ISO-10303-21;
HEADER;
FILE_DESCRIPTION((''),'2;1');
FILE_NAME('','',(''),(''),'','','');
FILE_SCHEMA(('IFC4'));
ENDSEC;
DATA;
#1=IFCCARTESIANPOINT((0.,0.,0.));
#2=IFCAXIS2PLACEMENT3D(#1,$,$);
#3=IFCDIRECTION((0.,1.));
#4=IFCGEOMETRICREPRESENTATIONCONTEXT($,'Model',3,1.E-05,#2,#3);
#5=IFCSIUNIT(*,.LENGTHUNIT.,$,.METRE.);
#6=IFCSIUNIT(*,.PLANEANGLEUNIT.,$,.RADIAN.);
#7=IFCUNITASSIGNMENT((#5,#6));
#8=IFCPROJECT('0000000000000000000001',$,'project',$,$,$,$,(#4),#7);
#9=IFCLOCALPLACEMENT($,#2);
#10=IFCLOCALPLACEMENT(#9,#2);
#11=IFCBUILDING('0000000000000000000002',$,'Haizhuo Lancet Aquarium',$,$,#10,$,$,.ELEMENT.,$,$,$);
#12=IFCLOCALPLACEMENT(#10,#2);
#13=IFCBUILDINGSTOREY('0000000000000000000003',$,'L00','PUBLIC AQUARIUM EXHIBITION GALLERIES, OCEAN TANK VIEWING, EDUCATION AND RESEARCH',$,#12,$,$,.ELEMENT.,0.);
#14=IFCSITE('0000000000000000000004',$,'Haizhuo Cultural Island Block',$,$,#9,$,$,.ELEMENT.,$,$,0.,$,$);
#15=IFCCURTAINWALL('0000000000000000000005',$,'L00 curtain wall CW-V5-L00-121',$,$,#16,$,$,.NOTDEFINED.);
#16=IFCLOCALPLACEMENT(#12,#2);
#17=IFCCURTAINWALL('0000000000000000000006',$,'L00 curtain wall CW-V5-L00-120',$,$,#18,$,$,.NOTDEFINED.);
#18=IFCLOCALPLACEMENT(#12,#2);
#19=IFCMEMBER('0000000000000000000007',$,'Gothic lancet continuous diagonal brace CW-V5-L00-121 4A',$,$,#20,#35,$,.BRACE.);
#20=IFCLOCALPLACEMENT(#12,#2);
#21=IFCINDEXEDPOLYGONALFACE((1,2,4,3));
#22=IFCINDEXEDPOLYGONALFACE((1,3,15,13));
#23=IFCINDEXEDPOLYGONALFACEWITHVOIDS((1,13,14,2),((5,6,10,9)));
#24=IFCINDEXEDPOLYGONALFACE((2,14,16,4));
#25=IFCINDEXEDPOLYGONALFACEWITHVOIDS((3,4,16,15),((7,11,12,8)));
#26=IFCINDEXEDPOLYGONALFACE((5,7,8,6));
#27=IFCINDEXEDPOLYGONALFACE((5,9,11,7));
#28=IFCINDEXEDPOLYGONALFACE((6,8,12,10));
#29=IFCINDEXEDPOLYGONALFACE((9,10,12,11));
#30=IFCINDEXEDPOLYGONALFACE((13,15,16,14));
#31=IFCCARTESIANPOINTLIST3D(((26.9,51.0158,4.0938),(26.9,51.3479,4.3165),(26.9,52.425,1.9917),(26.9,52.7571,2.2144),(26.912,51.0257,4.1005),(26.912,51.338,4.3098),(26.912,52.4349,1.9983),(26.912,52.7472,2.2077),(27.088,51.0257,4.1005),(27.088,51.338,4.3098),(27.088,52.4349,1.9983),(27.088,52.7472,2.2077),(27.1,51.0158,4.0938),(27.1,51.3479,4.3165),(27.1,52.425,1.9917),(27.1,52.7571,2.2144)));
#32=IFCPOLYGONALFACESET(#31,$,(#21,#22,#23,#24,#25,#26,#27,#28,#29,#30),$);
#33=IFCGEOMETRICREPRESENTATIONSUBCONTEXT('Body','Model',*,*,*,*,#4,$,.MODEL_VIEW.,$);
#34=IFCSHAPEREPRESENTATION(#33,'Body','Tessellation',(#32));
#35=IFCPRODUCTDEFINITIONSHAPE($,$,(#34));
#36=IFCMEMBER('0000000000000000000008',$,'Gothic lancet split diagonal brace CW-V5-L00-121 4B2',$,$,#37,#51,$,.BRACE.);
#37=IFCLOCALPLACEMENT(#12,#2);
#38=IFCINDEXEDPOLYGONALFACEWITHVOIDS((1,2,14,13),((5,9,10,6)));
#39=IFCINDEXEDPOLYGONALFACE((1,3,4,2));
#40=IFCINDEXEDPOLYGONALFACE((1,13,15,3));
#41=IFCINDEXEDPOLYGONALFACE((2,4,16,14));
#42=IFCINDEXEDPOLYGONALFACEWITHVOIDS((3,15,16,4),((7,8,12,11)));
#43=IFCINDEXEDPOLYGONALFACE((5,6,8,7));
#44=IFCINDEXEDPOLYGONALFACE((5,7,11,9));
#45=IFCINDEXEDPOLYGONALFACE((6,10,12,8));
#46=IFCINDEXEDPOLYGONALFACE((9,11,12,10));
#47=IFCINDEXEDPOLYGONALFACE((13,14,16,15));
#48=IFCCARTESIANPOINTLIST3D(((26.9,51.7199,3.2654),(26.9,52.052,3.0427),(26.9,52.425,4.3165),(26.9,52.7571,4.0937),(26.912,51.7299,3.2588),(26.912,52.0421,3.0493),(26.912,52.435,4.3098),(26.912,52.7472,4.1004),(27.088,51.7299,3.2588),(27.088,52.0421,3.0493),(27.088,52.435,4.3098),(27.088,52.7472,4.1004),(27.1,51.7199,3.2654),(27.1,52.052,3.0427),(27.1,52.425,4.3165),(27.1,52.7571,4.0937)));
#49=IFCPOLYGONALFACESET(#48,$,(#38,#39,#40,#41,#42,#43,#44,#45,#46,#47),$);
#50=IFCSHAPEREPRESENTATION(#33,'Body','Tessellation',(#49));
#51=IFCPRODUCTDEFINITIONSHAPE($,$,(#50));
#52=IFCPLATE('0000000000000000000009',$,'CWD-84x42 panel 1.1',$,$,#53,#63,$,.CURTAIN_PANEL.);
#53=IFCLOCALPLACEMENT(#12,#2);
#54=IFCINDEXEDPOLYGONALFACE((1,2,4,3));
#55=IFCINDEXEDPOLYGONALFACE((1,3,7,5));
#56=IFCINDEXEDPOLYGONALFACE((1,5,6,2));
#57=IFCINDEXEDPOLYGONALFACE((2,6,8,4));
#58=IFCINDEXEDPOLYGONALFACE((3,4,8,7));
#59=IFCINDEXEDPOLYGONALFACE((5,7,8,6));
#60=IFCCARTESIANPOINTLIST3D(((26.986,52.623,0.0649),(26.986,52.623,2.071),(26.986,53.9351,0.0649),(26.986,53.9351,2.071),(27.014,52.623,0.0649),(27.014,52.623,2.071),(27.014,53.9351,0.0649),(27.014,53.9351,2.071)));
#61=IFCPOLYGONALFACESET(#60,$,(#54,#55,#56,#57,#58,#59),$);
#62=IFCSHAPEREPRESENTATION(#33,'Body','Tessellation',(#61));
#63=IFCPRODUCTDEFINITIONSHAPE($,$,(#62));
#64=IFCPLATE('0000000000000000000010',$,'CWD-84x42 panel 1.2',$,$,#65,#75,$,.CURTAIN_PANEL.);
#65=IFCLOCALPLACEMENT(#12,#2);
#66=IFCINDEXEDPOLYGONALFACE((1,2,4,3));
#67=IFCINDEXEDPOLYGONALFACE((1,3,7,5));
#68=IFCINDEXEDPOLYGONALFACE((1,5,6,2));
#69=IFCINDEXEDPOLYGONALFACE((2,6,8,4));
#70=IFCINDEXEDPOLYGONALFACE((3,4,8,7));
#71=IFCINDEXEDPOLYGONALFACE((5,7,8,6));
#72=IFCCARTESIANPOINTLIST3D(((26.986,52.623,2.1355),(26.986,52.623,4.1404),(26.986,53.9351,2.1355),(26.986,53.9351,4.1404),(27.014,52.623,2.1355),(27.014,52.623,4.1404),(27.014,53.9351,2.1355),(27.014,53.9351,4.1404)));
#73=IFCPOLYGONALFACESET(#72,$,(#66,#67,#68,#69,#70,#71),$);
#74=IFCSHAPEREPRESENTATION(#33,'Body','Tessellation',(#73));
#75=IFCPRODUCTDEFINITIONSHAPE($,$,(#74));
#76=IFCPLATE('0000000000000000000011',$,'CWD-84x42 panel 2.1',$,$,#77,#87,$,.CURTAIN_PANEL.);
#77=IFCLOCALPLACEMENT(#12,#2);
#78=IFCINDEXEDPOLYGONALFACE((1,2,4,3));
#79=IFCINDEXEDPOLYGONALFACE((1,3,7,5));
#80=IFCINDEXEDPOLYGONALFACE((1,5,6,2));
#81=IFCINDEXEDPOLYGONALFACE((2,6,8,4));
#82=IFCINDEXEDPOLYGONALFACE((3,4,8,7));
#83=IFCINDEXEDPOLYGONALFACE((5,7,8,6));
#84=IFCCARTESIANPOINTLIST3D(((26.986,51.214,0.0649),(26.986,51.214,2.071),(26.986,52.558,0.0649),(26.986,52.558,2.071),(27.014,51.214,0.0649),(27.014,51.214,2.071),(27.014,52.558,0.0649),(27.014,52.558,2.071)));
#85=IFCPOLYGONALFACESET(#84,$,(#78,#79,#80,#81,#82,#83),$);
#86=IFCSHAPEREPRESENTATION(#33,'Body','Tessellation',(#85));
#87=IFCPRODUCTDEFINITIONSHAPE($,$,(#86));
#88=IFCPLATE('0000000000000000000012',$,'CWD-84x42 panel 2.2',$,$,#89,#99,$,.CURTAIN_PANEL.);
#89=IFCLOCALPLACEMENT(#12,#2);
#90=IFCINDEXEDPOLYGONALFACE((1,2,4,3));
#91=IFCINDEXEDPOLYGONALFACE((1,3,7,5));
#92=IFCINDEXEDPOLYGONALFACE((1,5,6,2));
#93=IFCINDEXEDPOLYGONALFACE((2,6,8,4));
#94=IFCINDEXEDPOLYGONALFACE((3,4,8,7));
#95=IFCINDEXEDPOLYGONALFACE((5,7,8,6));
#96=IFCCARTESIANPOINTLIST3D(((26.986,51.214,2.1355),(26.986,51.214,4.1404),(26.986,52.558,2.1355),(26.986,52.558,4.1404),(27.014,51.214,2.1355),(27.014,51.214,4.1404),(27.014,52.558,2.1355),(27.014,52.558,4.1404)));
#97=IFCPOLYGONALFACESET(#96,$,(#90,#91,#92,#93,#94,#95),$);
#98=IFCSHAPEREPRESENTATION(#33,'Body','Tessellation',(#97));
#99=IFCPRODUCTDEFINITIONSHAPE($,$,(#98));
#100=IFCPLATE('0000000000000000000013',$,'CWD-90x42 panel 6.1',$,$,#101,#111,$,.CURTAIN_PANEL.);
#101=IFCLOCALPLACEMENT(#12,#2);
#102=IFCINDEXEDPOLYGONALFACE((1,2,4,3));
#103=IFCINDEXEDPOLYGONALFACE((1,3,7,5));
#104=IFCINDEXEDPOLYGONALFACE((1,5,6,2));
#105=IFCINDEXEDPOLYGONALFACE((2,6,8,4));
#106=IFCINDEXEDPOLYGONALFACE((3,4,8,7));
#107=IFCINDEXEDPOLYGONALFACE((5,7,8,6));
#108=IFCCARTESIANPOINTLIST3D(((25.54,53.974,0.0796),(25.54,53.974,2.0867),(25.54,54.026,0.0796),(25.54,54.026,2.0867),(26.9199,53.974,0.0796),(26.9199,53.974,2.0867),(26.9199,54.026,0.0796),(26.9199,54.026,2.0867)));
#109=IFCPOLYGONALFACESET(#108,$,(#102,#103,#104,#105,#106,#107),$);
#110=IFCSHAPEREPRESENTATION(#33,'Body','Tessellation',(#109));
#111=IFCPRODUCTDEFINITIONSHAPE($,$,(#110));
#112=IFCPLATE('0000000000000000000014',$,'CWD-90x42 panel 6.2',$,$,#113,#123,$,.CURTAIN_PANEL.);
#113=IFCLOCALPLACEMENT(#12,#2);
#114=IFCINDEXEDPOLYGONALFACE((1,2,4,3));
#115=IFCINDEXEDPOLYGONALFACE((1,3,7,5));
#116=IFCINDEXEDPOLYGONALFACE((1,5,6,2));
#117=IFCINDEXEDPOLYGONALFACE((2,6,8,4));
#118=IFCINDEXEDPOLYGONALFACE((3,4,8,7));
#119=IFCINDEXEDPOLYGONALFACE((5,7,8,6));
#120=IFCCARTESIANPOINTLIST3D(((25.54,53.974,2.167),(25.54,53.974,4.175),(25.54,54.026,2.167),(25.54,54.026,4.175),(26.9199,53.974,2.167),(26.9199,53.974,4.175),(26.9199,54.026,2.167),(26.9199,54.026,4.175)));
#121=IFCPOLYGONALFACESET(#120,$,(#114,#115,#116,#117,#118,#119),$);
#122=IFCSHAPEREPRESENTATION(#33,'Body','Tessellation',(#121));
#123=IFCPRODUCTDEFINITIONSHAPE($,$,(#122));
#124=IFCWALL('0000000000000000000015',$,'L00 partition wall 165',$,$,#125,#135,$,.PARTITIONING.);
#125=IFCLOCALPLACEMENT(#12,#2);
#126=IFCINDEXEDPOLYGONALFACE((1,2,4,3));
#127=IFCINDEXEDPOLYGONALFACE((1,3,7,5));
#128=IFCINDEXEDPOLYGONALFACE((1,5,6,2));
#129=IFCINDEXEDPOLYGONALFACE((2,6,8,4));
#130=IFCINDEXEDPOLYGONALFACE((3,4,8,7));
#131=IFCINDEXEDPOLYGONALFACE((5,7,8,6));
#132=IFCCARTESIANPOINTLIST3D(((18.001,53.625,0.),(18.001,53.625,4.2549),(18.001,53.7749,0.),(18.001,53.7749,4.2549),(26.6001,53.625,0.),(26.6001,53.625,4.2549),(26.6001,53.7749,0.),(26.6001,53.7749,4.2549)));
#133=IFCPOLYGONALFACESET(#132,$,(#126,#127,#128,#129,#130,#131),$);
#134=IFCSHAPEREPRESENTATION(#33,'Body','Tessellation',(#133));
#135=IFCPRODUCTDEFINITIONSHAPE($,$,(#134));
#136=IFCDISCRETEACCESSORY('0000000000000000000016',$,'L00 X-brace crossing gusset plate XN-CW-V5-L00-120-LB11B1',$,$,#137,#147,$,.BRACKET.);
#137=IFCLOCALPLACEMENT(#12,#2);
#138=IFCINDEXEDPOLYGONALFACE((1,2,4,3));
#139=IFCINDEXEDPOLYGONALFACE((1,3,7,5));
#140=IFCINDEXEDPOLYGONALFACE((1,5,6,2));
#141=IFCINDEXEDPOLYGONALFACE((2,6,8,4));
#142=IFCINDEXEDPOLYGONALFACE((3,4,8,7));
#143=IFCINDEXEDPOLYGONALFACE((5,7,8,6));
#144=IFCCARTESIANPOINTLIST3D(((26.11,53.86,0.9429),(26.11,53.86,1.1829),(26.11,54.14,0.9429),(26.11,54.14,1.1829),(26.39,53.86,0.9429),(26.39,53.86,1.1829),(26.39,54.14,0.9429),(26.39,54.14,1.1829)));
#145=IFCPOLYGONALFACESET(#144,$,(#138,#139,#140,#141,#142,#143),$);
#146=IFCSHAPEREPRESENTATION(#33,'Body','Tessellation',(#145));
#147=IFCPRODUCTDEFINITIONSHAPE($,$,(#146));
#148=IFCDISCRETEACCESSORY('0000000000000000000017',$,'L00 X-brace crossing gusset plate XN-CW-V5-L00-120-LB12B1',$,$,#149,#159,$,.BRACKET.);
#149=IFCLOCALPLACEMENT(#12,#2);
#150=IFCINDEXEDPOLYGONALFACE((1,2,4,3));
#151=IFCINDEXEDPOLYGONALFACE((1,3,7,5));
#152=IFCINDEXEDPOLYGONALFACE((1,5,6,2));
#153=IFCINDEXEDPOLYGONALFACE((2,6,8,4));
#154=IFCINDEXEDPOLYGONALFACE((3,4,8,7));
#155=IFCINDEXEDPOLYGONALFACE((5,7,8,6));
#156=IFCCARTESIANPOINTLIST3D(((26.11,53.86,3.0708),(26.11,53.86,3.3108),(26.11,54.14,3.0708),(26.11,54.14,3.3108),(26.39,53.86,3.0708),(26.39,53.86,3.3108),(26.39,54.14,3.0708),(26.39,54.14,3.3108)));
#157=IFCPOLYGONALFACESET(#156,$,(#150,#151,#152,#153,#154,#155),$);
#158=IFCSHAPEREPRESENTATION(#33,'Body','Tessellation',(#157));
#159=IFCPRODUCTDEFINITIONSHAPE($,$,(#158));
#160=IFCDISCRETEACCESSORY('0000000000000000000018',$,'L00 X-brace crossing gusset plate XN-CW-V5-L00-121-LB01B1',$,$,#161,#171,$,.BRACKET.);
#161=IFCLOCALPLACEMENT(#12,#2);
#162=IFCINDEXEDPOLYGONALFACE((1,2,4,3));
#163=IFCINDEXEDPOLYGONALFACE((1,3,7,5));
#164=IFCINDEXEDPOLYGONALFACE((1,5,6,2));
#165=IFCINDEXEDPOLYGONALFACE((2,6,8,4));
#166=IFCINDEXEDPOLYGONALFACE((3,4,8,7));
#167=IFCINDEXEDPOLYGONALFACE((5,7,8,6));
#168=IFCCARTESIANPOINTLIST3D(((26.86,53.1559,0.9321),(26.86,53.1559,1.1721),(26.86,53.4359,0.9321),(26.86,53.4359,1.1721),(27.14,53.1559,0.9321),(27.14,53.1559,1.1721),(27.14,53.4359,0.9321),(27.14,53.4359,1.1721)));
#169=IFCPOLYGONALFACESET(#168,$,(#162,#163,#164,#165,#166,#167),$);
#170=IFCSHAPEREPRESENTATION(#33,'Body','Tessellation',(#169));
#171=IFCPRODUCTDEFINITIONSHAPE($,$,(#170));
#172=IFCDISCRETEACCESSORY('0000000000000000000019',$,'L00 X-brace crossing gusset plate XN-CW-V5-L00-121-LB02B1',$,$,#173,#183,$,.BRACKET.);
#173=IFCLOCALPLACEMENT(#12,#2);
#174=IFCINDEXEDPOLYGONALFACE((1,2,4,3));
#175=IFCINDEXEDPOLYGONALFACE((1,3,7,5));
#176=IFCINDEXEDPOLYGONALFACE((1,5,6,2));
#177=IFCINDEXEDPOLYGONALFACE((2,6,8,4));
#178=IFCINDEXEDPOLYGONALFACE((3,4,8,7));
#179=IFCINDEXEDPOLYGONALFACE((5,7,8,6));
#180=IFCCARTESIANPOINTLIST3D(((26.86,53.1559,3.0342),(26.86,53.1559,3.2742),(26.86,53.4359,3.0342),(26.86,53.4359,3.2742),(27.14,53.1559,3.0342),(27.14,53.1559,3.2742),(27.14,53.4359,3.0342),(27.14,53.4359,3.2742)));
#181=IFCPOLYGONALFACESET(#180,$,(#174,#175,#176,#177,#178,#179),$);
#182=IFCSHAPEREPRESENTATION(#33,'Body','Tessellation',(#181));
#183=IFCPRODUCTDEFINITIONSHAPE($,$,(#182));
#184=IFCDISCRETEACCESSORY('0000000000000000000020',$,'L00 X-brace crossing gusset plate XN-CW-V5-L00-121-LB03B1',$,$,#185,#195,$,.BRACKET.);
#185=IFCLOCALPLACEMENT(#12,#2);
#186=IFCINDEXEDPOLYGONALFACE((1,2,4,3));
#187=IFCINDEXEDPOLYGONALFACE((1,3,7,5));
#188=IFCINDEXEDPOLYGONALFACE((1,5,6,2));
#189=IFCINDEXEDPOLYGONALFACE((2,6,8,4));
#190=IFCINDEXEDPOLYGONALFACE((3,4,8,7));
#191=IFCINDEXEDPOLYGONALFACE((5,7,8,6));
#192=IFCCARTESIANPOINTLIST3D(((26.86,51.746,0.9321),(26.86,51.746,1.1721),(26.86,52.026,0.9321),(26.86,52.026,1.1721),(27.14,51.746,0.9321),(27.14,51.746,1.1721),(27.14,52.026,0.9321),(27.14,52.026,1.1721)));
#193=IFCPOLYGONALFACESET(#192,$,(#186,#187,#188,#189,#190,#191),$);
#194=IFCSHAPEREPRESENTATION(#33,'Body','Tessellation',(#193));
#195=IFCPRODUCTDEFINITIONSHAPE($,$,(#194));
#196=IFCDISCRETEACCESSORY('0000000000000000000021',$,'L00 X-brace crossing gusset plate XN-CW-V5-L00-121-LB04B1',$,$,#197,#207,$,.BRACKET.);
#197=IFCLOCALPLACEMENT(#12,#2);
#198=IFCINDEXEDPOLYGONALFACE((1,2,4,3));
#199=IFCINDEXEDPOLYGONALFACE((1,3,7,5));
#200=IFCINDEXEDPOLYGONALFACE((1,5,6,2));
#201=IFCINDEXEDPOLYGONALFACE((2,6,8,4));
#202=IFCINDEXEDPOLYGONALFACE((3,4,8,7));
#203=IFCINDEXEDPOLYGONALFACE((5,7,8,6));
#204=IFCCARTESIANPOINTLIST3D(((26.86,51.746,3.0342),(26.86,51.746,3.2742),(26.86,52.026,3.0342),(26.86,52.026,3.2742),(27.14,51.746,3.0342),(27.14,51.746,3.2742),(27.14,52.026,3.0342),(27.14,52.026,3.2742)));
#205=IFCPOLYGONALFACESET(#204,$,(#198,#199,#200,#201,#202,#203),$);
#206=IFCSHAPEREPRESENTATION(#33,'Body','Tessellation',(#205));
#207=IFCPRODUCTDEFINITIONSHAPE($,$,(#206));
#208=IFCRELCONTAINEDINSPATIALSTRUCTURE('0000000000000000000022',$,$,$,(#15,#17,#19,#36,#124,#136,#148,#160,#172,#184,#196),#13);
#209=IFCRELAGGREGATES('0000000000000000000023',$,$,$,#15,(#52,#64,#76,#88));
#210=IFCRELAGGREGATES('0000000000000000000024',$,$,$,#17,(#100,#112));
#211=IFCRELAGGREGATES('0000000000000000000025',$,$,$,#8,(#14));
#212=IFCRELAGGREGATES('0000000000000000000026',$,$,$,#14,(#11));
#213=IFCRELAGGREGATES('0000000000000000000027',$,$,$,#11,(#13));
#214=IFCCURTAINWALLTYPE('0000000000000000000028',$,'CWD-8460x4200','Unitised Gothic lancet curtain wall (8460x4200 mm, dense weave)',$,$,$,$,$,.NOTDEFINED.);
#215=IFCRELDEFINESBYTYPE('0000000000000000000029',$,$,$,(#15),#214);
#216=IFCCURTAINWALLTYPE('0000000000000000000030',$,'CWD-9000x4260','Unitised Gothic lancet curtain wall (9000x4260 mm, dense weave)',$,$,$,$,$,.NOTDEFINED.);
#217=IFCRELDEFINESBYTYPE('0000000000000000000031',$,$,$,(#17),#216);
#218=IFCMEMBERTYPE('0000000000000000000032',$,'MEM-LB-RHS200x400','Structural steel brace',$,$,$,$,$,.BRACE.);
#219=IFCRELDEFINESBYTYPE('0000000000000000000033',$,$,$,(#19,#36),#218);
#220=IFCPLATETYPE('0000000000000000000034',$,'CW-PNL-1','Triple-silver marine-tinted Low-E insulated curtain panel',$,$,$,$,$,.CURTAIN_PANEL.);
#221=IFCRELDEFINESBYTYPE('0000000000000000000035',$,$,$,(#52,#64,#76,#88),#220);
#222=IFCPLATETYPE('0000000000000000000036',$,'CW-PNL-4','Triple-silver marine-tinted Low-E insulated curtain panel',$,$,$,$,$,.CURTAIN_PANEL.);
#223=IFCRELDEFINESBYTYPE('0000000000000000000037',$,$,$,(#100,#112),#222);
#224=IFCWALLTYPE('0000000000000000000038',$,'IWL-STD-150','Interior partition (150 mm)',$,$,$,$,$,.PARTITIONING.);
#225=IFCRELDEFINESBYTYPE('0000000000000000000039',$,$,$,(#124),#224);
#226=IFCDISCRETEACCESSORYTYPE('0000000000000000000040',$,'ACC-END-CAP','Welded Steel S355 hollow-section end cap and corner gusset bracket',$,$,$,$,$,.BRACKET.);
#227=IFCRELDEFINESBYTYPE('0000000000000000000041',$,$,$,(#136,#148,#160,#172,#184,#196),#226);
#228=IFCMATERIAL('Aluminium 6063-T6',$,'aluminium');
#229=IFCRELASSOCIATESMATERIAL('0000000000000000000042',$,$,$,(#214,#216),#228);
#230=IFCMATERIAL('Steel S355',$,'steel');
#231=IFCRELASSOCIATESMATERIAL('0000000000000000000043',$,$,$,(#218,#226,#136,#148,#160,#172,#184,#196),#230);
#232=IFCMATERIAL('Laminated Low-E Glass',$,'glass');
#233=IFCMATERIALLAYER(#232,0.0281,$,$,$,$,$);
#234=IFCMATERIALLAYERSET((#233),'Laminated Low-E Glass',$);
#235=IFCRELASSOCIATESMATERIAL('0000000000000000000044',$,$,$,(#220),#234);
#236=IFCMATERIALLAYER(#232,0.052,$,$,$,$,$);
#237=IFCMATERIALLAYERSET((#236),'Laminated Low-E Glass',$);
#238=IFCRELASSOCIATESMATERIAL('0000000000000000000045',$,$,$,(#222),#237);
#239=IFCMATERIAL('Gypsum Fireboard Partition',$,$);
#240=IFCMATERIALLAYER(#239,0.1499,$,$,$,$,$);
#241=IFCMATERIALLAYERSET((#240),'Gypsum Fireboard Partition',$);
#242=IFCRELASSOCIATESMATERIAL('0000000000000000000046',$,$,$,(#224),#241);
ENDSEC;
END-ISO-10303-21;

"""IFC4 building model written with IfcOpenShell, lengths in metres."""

from ifc_helpers import new_model, si_unit, direction, frame, frame_2d, origin, origin_2d, place, context, subcontext, project, spatial, rectangle, hollow_rectangle, extrude, material, layer, layer_set, material_profile, profile_set, type_object, element, aggregate, save


model = new_model("IFC4")

# Units and contexts
model_context = context("Model", 3, precision=1e-05, world=origin(), true_north=direction((0.0, 1.0)))
body_context = subcontext(model_context, "Body", "Model", "MODEL_VIEW")
ifc_project = project(units=[si_unit("LENGTHUNIT", "METRE"), si_unit("PLANEANGLEUNIT", "RADIAN")], contexts=[model_context])

# Site, building, storey
site_placement = place(None, origin())
site = spatial("IfcSite", under=ifc_project, at=site_placement, Name="Haizhuo Cultural Island Block", CompositionType="ELEMENT", RefElevation=0.0)
building_placement = place(site_placement, origin())
building = spatial("IfcBuilding", under=site, at=building_placement, Name="Haizhuo Lancet Aquarium", CompositionType="ELEMENT")
storey_placement = place(building_placement, origin())
storey = spatial("IfcBuildingStorey", under=building, at=storey_placement, Name="L00", Description="PUBLIC AQUARIUM EXHIBITION GALLERIES, OCEAN TANK VIEWING, EDUCATION AND RESEARCH", CompositionType="ELEMENT", Elevation=0.0)

# Curtain wall
ifc_material_1 = material(Name="Aluminium 6063-T6", Category="aluminium")
curtain_wall_type_1 = type_object("IfcCurtainWallType", Name="CWD-8460x4200", Description="Unitised Gothic lancet curtain wall (8460x4200 mm, dense weave)", PredefinedType="NOTDEFINED", material=ifc_material_1)
curtain_wall_1_placement = place(storey_placement, origin())
curtain_wall_1 = element("IfcCurtainWall", 1, at=curtain_wall_1_placement, inside=storey, type_object=curtain_wall_type_1, Name="L00 curtain wall CW-V5-L00-121", PredefinedType="NOTDEFINED")

# Curtain wall
curtain_wall_type_2 = type_object("IfcCurtainWallType", Name="CWD-9000x4260", Description="Unitised Gothic lancet curtain wall (9000x4260 mm, dense weave)", PredefinedType="NOTDEFINED", material=ifc_material_1)
curtain_wall_2_placement = place(storey_placement, origin())
curtain_wall_2 = element("IfcCurtainWall", 2, at=curtain_wall_2_placement, inside=storey, type_object=curtain_wall_type_2, Name="L00 curtain wall CW-V5-L00-120", PredefinedType="NOTDEFINED")

# Members
ifc_material_2 = material(Name="Steel S355", Category="steel")
ifc_material_profile_1 = material_profile(ifc_material_2, hollow_rectangle(XDim=0.2, YDim=0.3999, WallThickness=0.012, at=origin_2d()), Name="RHS 200x400x12")
ifc_profile_set_1 = profile_set([ifc_material_profile_1], Name="Steel S355")
member_type_1 = type_object("IfcMemberType", Name="MEM-LB-RHS200x400", Description="Structural steel brace", PredefinedType="BRACE", material=ifc_profile_set_1)
member_1_placement = place(storey_placement, frame((27.0, 52.5911, 2.103), z_axis=(0.0, -0.556836, 0.830623), x_axis=(1.0, 0.0, 0.0)))
element("IfcMember", 3, at=member_1_placement, inside=storey, type_object=member_type_1, Name="Gothic lancet continuous diagonal brace CW-V5-L00-121 4A", PredefinedType="BRACE", context=body_context, shape_type="SweptSolid", body=[
    extrude(hollow_rectangle(XDim=0.2, YDim=0.3999, WallThickness=0.012, at=origin_2d()), origin(), (0.0, 0.0, 1.0), 2.5308),
])
member_2_placement = place(storey_placement, frame((27.0, 51.886, 3.1541), z_axis=(0.0, 0.557102, 0.830444), x_axis=(-1.0, 0.0, 0.0)))
element("IfcMember", 4, at=member_2_placement, inside=storey, type_object=member_type_1, Name="Gothic lancet split diagonal brace CW-V5-L00-121 4B2", PredefinedType="BRACE", context=body_context, shape_type="SweptSolid", body=[
    extrude(hollow_rectangle(XDim=0.2, YDim=0.3999, WallThickness=0.012, at=origin_2d()), origin(), (0.0, 0.0, 1.0), 1.2656),
])

# Plates
ifc_material_3 = material(Name="Laminated Low-E Glass", Category="glass")
ifc_layer_1 = layer(ifc_material_3, 0.0281)
ifc_layer_set_1 = layer_set([ifc_layer_1], Name="Laminated Low-E Glass")
plate_type_1 = type_object("IfcPlateType", Name="CW-PNL-1", Description="Triple-silver marine-tinted Low-E insulated curtain panel", PredefinedType="CURTAIN_PANEL", material=ifc_layer_set_1)
plate_1_placement = place(storey_placement, frame((27.0, 53.2791, 0.0649), z_axis=(0.0, 0.0, 1.0), x_axis=(0.0, -1.0, 0.0)))
plate_1 = element("IfcPlate", 5, at=plate_1_placement, type_object=plate_type_1, Name="CWD-84x42 panel 1.1", PredefinedType="CURTAIN_PANEL", context=body_context, shape_type="SweptSolid", body=[
    extrude(rectangle(XDim=1.312, YDim=0.0281, at=origin_2d()), origin(), (0.0, 0.0, 1.0), 2.0061),
])
plate_2_placement = place(storey_placement, frame((27.0, 53.2791, 2.1355), z_axis=(0.0, 0.0, 1.0), x_axis=(0.0, -1.0, 0.0)))
plate_2 = element("IfcPlate", 6, at=plate_2_placement, type_object=plate_type_1, Name="CWD-84x42 panel 1.2", PredefinedType="CURTAIN_PANEL", context=body_context, shape_type="SweptSolid", body=[
    extrude(rectangle(XDim=1.312, YDim=0.0281, at=origin_2d()), origin(), (0.0, 0.0, 1.0), 2.0049),
])
plate_3_placement = place(storey_placement, frame((27.0, 51.886, 0.0649), z_axis=(0.0, 0.0, 1.0), x_axis=(0.0, -1.0, 0.0)))
plate_3 = element("IfcPlate", 7, at=plate_3_placement, type_object=plate_type_1, Name="CWD-84x42 panel 2.1", PredefinedType="CURTAIN_PANEL", context=body_context, shape_type="SweptSolid", body=[
    extrude(rectangle(XDim=1.344, YDim=0.0281, at=origin_2d()), origin(), (0.0, 0.0, 1.0), 2.0061),
])
plate_4_placement = place(storey_placement, frame((27.0, 51.886, 2.1355), z_axis=(0.0, 0.0, 1.0), x_axis=(0.0, -1.0, 0.0)))
plate_4 = element("IfcPlate", 8, at=plate_4_placement, type_object=plate_type_1, Name="CWD-84x42 panel 2.2", PredefinedType="CURTAIN_PANEL", context=body_context, shape_type="SweptSolid", body=[
    extrude(rectangle(XDim=1.344, YDim=0.0281, at=origin_2d()), origin(), (0.0, 0.0, 1.0), 2.0049),
])
aggregate(curtain_wall_1, [plate_1, plate_2, plate_3, plate_4])
ifc_layer_2 = layer(ifc_material_3, 0.052)
ifc_layer_set_2 = layer_set([ifc_layer_2], Name="Laminated Low-E Glass")
plate_type_2 = type_object("IfcPlateType", Name="CW-PNL-4", Description="Triple-silver marine-tinted Low-E insulated curtain panel", PredefinedType="CURTAIN_PANEL", material=ifc_layer_set_2)
plate_5_placement = place(storey_placement, frame((26.23, 54.0, 0.0796), z_axis=(0.0, 0.0, 1.0), x_axis=(1.0, 0.0, 0.0)))
plate_5 = element("IfcPlate", 9, at=plate_5_placement, type_object=plate_type_2, Name="CWD-90x42 panel 6.1", PredefinedType="CURTAIN_PANEL", context=body_context, shape_type="SweptSolid", body=[
    extrude(rectangle(XDim=1.3799, YDim=0.052, at=origin_2d()), origin(), (0.0, 0.0, 1.0), 2.0071),
])
plate_6_placement = place(storey_placement, frame((26.23, 54.0, 2.167), z_axis=(0.0, 0.0, 1.0), x_axis=(1.0, 0.0, 0.0)))
plate_6 = element("IfcPlate", 10, at=plate_6_placement, type_object=plate_type_2, Name="CWD-90x42 panel 6.2", PredefinedType="CURTAIN_PANEL", context=body_context, shape_type="SweptSolid", body=[
    extrude(rectangle(XDim=1.3799, YDim=0.052, at=origin_2d()), origin(), (0.0, 0.0, 1.0), 2.0081),
])
aggregate(curtain_wall_2, [plate_5, plate_6])

# Wall
ifc_material_4 = material(Name="Gypsum Fireboard Partition")
ifc_layer_3 = layer(ifc_material_4, 0.1499)
ifc_layer_set_3 = layer_set([ifc_layer_3], Name="Gypsum Fireboard Partition")
wall_type = type_object("IfcWallType", Name="IWL-STD-150", Description="Interior partition (150 mm)", PredefinedType="PARTITIONING", material=ifc_layer_set_3)
wall_placement = place(storey_placement, frame((26.6001, 53.7, 0.0), z_axis=(0.0, 0.0, 1.0), x_axis=(-1.0, 0.0, 0.0)))
element("IfcWall", 11, at=wall_placement, inside=storey, type_object=wall_type, Name="L00 partition wall 165", PredefinedType="PARTITIONING", context=body_context, shape_type="SweptSolid", body=[
    extrude(rectangle(XDim=8.5991, YDim=0.1499, at=frame_2d((4.2996, 0.0))), origin(), (0.0, 0.0, 1.0), 4.2549),
])

# Discrete accessories
discrete_accessory_type = type_object("IfcDiscreteAccessoryType", Name="ACC-END-CAP", Description="Welded Steel S355 hollow-section end cap and corner gusset bracket", PredefinedType="BRACKET", material=ifc_material_2)
for number, where, z_axis, x_axis, name in (
    (12, (26.25, 54.0, 0.9429), (0.0, 0.0, 1.0), (1.0, 0.0, 0.0), "L00 X-brace crossing gusset plate XN-CW-V5-L00-120-LB11B1"),
    (13, (26.25, 54.0, 3.0708), (0.0, 0.0, 1.0), (1.0, 0.0, 0.0), "L00 X-brace crossing gusset plate XN-CW-V5-L00-120-LB12B1"),
    (14, (27.0, 53.2959, 0.9321), (0.0, 0.0, 1.0), (1.0, 0.0, 0.0), "L00 X-brace crossing gusset plate XN-CW-V5-L00-121-LB01B1"),
    (15, (27.0, 53.2959, 3.0342), (0.0, 0.0, 1.0), (1.0, 0.0, 0.0), "L00 X-brace crossing gusset plate XN-CW-V5-L00-121-LB02B1"),
    (16, (27.0, 51.886, 0.9321), (0.0, 0.0, 1.0), (1.0, 0.0, 0.0), "L00 X-brace crossing gusset plate XN-CW-V5-L00-121-LB03B1"),
    (17, (27.0, 51.886, 3.0342), (0.0, 0.0, 1.0), (1.0, 0.0, 0.0), "L00 X-brace crossing gusset plate XN-CW-V5-L00-121-LB04B1"),
):
    element("IfcDiscreteAccessory", number, at=place(storey_placement, frame(where, z_axis=z_axis, x_axis=x_axis)), inside=storey, type_object=discrete_accessory_type, material=ifc_material_2, Name=name, PredefinedType="BRACKET", context=body_context, shape_type="SweptSolid", body=[
        extrude(rectangle(XDim=0.28, YDim=0.28, at=origin_2d()), origin(), (0.0, 0.0, 1.0), 0.24),
    ])

save(model, "model.ifc")
